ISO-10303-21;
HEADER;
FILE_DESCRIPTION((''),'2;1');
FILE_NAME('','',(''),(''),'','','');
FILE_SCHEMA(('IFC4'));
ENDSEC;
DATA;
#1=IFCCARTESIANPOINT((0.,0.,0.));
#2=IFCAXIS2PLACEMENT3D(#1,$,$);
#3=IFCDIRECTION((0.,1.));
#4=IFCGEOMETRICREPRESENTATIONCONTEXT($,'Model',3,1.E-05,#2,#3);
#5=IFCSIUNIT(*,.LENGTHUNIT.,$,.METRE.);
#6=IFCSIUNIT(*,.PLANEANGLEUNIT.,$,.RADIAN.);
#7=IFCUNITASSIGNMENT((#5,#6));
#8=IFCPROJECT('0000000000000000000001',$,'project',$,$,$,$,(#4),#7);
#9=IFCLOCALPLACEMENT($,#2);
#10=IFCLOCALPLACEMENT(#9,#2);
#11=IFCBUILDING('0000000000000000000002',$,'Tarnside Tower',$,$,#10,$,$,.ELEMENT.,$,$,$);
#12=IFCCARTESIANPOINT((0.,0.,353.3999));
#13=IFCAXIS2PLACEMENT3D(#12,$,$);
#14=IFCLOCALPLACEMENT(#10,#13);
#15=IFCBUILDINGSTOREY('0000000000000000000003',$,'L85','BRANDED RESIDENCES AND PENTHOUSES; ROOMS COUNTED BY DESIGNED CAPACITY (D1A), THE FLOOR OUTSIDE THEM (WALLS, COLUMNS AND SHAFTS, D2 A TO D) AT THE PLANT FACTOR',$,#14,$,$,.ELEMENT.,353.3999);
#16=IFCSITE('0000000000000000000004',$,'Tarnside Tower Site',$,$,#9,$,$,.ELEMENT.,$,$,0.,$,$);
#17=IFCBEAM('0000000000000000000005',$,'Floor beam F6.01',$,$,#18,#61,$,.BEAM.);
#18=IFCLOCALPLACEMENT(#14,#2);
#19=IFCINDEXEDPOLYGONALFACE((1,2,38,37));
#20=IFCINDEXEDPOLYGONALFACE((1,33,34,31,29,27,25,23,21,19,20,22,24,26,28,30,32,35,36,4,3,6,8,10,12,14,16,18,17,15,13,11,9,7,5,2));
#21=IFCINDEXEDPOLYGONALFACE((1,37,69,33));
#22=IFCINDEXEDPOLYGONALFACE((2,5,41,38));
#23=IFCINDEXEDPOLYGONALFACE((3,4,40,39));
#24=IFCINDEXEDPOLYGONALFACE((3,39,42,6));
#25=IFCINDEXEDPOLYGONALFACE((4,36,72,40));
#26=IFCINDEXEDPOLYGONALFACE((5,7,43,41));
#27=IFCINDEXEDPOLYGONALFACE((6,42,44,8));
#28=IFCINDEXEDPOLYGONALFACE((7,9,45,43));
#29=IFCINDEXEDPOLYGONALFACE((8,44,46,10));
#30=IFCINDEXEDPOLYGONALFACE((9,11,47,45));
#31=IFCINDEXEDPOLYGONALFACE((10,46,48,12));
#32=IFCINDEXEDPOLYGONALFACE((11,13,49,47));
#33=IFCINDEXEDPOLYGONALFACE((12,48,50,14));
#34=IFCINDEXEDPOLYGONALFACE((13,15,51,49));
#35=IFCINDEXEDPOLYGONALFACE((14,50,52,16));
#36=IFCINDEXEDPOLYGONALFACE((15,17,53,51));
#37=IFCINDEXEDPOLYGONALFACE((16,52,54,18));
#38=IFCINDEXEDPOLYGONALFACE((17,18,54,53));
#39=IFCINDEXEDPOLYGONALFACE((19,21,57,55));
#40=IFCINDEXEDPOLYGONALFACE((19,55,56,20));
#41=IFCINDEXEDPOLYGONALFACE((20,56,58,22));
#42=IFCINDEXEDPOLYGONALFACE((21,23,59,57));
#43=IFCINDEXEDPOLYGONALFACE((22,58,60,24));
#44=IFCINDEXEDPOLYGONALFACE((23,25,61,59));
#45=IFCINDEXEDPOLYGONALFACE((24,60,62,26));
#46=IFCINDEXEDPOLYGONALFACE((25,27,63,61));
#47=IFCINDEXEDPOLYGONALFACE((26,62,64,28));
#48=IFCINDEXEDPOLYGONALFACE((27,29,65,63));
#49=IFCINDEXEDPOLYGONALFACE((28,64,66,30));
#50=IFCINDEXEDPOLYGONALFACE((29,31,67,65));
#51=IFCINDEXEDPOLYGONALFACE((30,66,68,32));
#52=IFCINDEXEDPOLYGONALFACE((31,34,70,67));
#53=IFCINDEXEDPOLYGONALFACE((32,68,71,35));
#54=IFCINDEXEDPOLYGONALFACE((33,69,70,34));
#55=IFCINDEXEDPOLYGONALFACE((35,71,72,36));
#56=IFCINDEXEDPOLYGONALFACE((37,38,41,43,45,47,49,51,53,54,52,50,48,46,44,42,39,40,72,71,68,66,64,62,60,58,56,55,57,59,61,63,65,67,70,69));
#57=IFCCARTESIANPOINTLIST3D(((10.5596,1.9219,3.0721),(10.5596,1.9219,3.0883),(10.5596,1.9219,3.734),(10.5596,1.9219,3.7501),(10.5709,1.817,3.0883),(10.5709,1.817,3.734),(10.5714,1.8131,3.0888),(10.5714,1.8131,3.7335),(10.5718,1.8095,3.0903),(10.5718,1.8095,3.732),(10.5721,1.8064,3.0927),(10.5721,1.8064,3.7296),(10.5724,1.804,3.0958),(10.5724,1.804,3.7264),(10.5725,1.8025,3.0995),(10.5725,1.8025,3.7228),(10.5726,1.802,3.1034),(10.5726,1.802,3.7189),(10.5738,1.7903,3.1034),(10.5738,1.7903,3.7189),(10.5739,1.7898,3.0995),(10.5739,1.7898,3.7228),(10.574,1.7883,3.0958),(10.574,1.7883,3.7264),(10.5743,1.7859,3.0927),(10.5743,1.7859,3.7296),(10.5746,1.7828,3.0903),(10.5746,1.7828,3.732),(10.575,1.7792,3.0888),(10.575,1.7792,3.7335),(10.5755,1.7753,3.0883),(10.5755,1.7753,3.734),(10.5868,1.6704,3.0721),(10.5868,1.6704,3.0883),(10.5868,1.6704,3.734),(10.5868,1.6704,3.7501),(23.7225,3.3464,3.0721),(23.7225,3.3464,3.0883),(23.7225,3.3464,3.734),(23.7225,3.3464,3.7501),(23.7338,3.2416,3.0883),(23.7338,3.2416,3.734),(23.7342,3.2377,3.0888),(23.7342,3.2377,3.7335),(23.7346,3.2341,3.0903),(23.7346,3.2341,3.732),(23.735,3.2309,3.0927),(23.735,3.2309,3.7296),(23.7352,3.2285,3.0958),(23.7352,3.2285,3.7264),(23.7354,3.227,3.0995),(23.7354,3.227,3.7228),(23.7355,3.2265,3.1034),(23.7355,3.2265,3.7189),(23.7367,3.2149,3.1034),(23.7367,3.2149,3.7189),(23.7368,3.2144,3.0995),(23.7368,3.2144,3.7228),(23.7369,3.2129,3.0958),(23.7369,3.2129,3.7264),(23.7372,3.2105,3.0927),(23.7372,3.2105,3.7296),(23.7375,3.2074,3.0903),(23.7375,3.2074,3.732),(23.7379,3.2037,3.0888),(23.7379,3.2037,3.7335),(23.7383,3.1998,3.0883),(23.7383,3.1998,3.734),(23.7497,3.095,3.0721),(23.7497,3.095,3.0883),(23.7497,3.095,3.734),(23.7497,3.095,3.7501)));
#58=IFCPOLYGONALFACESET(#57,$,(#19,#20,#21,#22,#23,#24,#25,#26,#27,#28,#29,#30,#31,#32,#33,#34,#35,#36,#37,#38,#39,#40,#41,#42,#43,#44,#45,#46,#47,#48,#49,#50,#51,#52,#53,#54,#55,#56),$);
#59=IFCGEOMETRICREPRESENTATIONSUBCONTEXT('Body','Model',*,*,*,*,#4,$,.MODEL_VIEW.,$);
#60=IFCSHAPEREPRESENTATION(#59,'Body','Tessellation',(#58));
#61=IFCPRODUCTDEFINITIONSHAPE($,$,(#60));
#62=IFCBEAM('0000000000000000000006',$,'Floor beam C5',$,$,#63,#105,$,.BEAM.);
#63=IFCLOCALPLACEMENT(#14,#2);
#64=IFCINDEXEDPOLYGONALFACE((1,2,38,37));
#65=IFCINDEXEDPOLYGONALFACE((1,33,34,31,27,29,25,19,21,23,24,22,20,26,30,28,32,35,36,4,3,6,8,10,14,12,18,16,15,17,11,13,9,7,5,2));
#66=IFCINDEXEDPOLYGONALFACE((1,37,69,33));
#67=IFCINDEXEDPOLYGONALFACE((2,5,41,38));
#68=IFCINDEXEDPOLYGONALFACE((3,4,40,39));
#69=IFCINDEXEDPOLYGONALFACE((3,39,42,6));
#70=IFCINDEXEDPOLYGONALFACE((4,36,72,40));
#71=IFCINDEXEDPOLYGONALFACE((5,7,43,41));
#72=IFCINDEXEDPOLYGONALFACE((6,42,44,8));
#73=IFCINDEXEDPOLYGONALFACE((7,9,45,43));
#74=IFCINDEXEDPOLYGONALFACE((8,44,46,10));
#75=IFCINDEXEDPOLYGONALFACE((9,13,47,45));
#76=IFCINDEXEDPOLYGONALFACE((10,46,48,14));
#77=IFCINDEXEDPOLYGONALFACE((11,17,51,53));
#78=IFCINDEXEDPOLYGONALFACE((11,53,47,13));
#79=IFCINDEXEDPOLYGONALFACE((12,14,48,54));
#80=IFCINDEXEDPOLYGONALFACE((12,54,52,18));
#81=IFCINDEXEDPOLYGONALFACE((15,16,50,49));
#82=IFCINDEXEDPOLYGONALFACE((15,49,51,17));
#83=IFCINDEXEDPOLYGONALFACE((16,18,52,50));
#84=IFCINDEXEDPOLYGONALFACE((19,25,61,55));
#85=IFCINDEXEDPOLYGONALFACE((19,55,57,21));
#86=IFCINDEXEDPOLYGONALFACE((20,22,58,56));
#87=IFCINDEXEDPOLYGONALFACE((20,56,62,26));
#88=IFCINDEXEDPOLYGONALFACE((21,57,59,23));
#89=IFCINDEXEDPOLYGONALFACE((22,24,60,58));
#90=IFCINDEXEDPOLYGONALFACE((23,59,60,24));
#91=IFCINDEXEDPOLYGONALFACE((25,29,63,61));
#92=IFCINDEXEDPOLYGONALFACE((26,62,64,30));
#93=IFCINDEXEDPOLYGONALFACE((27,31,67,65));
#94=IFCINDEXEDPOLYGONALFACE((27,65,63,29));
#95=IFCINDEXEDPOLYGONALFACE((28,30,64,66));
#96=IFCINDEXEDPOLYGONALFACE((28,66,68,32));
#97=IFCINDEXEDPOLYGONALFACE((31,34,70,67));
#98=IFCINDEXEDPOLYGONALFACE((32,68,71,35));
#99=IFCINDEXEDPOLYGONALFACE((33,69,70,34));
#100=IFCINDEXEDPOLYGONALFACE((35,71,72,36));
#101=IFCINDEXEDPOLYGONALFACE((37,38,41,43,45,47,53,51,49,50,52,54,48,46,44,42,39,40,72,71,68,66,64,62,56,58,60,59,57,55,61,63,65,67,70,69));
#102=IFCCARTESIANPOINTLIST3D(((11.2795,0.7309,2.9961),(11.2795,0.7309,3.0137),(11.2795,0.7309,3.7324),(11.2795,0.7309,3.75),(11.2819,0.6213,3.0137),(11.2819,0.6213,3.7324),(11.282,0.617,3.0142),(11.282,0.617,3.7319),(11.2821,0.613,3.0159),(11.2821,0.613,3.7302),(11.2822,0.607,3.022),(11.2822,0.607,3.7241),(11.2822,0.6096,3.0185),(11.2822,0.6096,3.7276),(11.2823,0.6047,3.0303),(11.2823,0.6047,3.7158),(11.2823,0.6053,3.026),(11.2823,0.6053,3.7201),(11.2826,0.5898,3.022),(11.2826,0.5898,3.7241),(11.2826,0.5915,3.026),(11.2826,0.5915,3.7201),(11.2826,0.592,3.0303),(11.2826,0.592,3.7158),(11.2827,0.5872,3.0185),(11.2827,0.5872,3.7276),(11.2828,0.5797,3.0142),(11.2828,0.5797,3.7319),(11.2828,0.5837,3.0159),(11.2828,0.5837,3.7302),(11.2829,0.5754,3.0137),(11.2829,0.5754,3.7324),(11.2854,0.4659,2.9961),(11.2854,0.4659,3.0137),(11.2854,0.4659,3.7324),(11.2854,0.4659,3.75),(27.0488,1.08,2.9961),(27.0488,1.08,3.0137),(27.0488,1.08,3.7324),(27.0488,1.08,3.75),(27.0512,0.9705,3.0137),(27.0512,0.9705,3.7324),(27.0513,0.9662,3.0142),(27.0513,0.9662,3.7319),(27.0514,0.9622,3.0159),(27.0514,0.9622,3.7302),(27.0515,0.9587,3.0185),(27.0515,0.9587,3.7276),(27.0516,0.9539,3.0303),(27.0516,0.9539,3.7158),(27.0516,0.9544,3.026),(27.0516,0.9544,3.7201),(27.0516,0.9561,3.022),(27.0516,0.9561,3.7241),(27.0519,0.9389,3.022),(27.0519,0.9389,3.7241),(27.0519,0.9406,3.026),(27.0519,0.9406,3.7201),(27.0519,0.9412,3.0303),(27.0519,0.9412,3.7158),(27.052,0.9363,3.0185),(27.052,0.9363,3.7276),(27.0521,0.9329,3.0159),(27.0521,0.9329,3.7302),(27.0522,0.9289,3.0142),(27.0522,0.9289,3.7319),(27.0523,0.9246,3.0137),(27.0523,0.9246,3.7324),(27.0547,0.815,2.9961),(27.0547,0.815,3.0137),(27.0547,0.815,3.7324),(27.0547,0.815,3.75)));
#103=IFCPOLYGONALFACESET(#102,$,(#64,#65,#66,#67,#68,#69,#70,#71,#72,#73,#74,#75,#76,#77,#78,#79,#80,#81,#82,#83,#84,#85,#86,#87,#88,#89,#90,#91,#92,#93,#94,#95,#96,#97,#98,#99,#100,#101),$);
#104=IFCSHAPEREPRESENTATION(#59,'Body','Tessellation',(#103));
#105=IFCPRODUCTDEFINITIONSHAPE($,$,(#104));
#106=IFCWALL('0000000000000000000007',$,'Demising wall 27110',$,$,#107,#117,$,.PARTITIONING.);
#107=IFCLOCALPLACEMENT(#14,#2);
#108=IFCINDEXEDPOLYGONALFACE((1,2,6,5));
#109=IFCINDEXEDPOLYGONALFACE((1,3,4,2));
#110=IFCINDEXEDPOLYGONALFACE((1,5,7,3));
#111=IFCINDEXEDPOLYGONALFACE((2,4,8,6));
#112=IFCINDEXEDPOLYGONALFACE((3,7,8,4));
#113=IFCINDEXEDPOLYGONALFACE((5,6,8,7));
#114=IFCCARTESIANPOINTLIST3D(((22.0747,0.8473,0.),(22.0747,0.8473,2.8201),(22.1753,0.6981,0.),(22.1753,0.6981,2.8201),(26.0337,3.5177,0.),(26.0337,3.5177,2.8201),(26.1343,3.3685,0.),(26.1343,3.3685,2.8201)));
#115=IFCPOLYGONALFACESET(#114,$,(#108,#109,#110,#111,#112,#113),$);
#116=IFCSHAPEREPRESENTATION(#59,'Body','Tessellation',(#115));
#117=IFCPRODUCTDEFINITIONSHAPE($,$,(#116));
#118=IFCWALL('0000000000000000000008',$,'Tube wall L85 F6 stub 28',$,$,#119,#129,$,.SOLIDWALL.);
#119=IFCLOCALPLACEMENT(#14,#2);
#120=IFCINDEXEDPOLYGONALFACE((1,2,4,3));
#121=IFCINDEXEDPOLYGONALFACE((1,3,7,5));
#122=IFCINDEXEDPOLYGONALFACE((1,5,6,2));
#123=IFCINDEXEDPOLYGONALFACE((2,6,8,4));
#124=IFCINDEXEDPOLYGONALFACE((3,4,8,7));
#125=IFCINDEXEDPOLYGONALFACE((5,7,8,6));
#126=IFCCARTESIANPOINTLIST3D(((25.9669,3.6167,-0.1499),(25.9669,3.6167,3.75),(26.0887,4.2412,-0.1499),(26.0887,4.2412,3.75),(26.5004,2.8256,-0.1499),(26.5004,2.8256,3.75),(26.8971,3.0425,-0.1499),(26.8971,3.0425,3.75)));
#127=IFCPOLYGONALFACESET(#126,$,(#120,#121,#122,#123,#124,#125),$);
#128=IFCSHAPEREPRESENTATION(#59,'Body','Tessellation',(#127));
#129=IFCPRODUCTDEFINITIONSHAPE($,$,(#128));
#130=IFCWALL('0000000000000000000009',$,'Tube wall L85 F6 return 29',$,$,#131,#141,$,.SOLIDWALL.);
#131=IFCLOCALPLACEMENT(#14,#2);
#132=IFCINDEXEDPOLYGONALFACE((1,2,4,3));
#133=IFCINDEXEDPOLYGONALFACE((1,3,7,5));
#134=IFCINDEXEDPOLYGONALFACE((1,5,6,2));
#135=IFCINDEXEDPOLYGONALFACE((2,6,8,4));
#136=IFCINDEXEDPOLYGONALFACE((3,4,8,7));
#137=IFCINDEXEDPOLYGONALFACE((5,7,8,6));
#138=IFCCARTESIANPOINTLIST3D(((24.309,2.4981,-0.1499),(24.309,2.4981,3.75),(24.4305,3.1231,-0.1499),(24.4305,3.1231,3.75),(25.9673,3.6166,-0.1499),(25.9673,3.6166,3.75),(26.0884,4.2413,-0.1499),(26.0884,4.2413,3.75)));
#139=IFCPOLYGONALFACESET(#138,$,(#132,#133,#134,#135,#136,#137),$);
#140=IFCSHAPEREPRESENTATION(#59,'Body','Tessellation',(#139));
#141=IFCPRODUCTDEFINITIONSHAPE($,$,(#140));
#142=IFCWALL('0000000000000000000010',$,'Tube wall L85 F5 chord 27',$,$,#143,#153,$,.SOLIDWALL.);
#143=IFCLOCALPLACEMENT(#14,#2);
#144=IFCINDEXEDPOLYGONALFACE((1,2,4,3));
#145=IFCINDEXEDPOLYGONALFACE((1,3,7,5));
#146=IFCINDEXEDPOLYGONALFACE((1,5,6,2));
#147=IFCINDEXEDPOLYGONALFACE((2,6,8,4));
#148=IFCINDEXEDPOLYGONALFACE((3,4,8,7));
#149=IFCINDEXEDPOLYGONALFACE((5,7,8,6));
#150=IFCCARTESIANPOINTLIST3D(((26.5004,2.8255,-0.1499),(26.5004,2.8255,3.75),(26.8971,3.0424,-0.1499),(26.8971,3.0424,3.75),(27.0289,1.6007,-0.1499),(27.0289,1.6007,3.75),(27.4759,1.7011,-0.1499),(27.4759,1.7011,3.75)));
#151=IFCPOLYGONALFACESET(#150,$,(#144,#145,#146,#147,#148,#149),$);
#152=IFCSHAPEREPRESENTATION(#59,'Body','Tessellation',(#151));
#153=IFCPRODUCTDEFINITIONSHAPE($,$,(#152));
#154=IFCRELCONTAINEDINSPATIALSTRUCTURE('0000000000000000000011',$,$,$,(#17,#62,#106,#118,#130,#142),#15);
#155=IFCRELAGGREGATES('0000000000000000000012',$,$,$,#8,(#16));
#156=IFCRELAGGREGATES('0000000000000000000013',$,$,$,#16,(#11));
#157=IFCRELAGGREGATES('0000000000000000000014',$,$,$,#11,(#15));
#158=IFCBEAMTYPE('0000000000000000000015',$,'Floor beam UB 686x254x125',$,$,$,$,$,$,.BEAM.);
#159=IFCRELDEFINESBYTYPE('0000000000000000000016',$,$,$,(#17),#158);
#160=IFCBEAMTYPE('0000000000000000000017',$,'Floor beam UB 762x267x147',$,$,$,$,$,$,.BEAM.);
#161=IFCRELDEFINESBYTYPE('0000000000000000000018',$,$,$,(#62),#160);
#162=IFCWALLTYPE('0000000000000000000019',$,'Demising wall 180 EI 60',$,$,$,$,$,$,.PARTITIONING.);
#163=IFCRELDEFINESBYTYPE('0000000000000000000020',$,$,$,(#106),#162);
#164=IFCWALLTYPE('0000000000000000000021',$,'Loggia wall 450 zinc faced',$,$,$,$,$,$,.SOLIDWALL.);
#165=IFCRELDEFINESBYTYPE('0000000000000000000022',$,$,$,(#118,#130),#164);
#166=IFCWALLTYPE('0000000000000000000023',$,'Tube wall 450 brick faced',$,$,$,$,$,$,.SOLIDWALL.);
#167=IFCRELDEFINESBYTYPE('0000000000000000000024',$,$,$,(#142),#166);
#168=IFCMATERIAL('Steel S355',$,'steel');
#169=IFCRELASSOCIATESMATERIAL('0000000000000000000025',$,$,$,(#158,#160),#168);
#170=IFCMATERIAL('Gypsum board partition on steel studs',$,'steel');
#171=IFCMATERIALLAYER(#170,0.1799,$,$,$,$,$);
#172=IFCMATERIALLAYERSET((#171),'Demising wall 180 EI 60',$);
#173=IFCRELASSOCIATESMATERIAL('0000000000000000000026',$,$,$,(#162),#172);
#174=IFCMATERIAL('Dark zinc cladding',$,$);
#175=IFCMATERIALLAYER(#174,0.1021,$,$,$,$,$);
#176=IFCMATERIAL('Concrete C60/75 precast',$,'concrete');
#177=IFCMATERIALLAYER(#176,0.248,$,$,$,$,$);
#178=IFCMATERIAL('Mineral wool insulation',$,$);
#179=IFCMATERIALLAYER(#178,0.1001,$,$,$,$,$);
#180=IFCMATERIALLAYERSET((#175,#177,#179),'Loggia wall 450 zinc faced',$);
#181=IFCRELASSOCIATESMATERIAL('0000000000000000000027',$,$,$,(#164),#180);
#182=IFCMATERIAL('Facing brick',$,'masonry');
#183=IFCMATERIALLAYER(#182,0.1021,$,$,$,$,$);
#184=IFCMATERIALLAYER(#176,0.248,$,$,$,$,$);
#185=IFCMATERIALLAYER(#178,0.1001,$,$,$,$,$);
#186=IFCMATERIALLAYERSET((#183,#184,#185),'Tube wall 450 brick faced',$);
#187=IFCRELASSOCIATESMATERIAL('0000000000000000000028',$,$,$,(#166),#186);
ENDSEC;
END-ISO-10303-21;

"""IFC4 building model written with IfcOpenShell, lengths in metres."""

from ifc_helpers import new_model, si_unit, direction, frame, frame_2d, origin, origin_2d, place, context, subcontext, project, spatial, polyline, rectangle, i_section, outline, extrude, material, layer, layer_set, material_profile, profile_set, type_object, element, save


model = new_model("IFC4")

# Units and contexts
model_context = context("Model", 3, precision=1e-05, world=origin(), true_north=direction((0.0, 1.0)))
body_context = subcontext(model_context, "Body", "Model", "MODEL_VIEW")
ifc_project = project(units=[si_unit("LENGTHUNIT", "METRE"), si_unit("PLANEANGLEUNIT", "RADIAN")], contexts=[model_context])

# Site, building, storey
site_placement = place(None, origin())
site = spatial("IfcSite", under=ifc_project, at=site_placement, Name="Tarnside Tower Site", CompositionType="ELEMENT", RefElevation=0.0)
building_placement = place(site_placement, origin())
building = spatial("IfcBuilding", under=site, at=building_placement, Name="Tarnside Tower", CompositionType="ELEMENT")
storey_placement = place(building_placement, frame((0.0, 0.0, 353.3999)))
storey = spatial("IfcBuildingStorey", under=building, at=storey_placement, Name="L85", Description="BRANDED RESIDENCES AND PENTHOUSES; ROOMS COUNTED BY DESIGNED CAPACITY (D1A), THE FLOOR OUTSIDE THEM (WALLS, COLUMNS AND SHAFTS, D2 A TO D) AT THE PLANT FACTOR", CompositionType="ELEMENT", Elevation=353.3999)

# Beams
ifc_material_1 = material(Name="Steel S355", Category="steel")
ifc_material_profile_1 = material_profile(ifc_material_1, i_section(OverallWidth=0.2529, OverallDepth=0.678, WebThickness=0.0117, FlangeThickness=0.0161, FilletRadius=0.0151, at=origin_2d()), Name="UB 686x254x125")
ifc_profile_set_1 = profile_set([ifc_material_profile_1], Name="Steel S355")
beam_type_1 = type_object("IfcBeamType", Name="Floor beam UB 686x254x125", PredefinedType="BEAM", material=ifc_profile_set_1)
beam_1_placement = place(storey_placement, frame((23.7361, 3.2207, 3.4111), z_axis=(-0.994195, -0.107598, 0.0), x_axis=(0.107598, -0.994195, 0.0)))
element("IfcBeam", 1, at=beam_1_placement, inside=storey, type_object=beam_type_1, Name="Floor beam F6.01", PredefinedType="BEAM", context=body_context, shape_type="SweptSolid", body=[
    extrude(i_section(OverallWidth=0.2529, OverallDepth=0.678, WebThickness=0.0117, FlangeThickness=0.0161, FilletRadius=0.0151, at=origin_2d()), origin(), (0.0, 0.0, 1.0), 13.2397),
])
ifc_material_profile_2 = material_profile(ifc_material_1, i_section(OverallWidth=0.2651, OverallDepth=0.7539, WebThickness=0.0127, FlangeThickness=0.0176, FilletRadius=0.0166, at=origin_2d()), Name="UB 762x267x147")
ifc_profile_set_2 = profile_set([ifc_material_profile_2], Name="Steel S355")
beam_type_2 = type_object("IfcBeamType", Name="Floor beam UB 762x267x147", PredefinedType="BEAM", material=ifc_profile_set_2)
beam_2_placement = place(storey_placement, frame((27.0518, 0.9475, 3.373), z_axis=(-0.999755, -0.022134, 0.0), x_axis=(0.022134, -0.999755, 0.0)))
element("IfcBeam", 2, at=beam_2_placement, inside=storey, type_object=beam_type_2, Name="Floor beam C5", PredefinedType="BEAM", context=body_context, shape_type="SweptSolid", body=[
    extrude(i_section(OverallWidth=0.2651, OverallDepth=0.7539, WebThickness=0.0127, FlangeThickness=0.0176, FilletRadius=0.0166, at=origin_2d()), origin(), (0.0, 0.0, 1.0), 15.7732),
])

# Walls
ifc_material_2 = material(Name="Gypsum board partition on steel studs", Category="steel")
ifc_layer_1 = layer(ifc_material_2, 0.1799)
ifc_layer_set_1 = layer_set([ifc_layer_1], Name="Demising wall 180 EI 60")
wall_type_1 = type_object("IfcWallType", Name="Demising wall 180 EI 60", PredefinedType="PARTITIONING", material=ifc_layer_set_1)
wall_1_placement = place(storey_placement, frame((26.084, 3.4431, 0.0), z_axis=(0.0, 0.0, 1.0), x_axis=(-0.829034, -0.559199, 0.0)))
element("IfcWall", 3, at=wall_1_placement, inside=storey, type_object=wall_type_1, Name="Demising wall 27110", PredefinedType="PARTITIONING", context=body_context, shape_type="SweptSolid", body=[
    extrude(rectangle(XDim=4.7754, YDim=0.1799, at=frame_2d((2.3877, 0.0))), origin(), (0.0, 0.0, 1.0), 2.8201),
])
ifc_material_3 = material(Name="Dark zinc cladding")
ifc_layer_2 = layer(ifc_material_3, 0.1021)
ifc_material_4 = material(Name="Concrete C60/75 precast", Category="concrete")
ifc_layer_3 = layer(ifc_material_4, 0.248)
ifc_material_5 = material(Name="Mineral wool insulation")
ifc_layer_4 = layer(ifc_material_5, 0.1001)
ifc_layer_set_2 = layer_set([ifc_layer_2, ifc_layer_3, ifc_layer_4], Name="Loggia wall 450 zinc faced")
wall_type_2 = type_object("IfcWallType", Name="Loggia wall 450 zinc faced", PredefinedType="SOLIDWALL", material=ifc_layer_set_2)
wall_2_placement = place(storey_placement, frame((26.6987, 2.9341, -0.1499), z_axis=(0.0, 0.0, 1.0), x_axis=(-0.559106, 0.829096, 0.0)))
element("IfcWall", 4, at=wall_2_placement, inside=storey, type_object=wall_type_2, Name="Tube wall L85 F6 stub 28", PredefinedType="SOLIDWALL", context=body_context, shape_type="SweptSolid", body=[
    extrude(outline(polyline([(-0.021, -0.2251), (1.4248, -0.2251), (0.9751, 0.2251), (0.021, 0.2251), (-0.021, -0.2251)])), origin(), (0.0, 0.0, 1.0), 3.8999),
])
wall_3_placement = place(storey_placement, frame((26.0278, 3.929, -0.1499), z_axis=(0.0, 0.0, 1.0), x_axis=(-0.829052, -0.559171, 0.0)))
element("IfcWall", 5, at=wall_3_placement, inside=storey, type_object=wall_type_2, Name="Tube wall L85 F6 return 29", PredefinedType="SOLIDWALL", context=body_context, shape_type="SweptSolid", body=[
    extrude(outline(polyline([(-0.2249, -0.2251), (1.7749, -0.2251), (2.2251, 0.2251), (0.2249, 0.2251), (-0.2249, -0.2251)])), origin(), (0.0, 0.0, 1.0), 3.8999),
])

# Wall
ifc_material_6 = material(Name="Facing brick", Category="masonry")
ifc_layer_5 = layer(ifc_material_6, 0.1021)
ifc_layer_6 = layer(ifc_material_4, 0.248)
ifc_layer_7 = layer(ifc_material_5, 0.1001)
ifc_layer_set_3 = layer_set([ifc_layer_5, ifc_layer_6, ifc_layer_7], Name="Tube wall 450 brick faced")
wall_type_3 = type_object("IfcWallType", Name="Tube wall 450 brick faced", PredefinedType="SOLIDWALL", material=ifc_layer_set_3)
wall_4_placement = place(storey_placement, frame((27.2524, 1.6509, -0.1499), z_axis=(0.0, 0.0, 1.0), x_axis=(-0.396195, 0.918166, 0.0)))
element("IfcWall", 6, at=wall_4_placement, inside=storey, type_object=wall_type_3, Name="Tube wall L85 F5 chord 27", PredefinedType="SOLIDWALL", context=body_context, shape_type="SweptSolid", body=[
    extrude(outline(polyline([(-0.0425, -0.2251), (1.4185, -0.2251), (1.3765, 0.2251), (0.0425, 0.2251), (-0.0425, -0.2251)])), origin(), (0.0, 0.0, 1.0), 3.8999),
])

save(model, "model.ifc")
